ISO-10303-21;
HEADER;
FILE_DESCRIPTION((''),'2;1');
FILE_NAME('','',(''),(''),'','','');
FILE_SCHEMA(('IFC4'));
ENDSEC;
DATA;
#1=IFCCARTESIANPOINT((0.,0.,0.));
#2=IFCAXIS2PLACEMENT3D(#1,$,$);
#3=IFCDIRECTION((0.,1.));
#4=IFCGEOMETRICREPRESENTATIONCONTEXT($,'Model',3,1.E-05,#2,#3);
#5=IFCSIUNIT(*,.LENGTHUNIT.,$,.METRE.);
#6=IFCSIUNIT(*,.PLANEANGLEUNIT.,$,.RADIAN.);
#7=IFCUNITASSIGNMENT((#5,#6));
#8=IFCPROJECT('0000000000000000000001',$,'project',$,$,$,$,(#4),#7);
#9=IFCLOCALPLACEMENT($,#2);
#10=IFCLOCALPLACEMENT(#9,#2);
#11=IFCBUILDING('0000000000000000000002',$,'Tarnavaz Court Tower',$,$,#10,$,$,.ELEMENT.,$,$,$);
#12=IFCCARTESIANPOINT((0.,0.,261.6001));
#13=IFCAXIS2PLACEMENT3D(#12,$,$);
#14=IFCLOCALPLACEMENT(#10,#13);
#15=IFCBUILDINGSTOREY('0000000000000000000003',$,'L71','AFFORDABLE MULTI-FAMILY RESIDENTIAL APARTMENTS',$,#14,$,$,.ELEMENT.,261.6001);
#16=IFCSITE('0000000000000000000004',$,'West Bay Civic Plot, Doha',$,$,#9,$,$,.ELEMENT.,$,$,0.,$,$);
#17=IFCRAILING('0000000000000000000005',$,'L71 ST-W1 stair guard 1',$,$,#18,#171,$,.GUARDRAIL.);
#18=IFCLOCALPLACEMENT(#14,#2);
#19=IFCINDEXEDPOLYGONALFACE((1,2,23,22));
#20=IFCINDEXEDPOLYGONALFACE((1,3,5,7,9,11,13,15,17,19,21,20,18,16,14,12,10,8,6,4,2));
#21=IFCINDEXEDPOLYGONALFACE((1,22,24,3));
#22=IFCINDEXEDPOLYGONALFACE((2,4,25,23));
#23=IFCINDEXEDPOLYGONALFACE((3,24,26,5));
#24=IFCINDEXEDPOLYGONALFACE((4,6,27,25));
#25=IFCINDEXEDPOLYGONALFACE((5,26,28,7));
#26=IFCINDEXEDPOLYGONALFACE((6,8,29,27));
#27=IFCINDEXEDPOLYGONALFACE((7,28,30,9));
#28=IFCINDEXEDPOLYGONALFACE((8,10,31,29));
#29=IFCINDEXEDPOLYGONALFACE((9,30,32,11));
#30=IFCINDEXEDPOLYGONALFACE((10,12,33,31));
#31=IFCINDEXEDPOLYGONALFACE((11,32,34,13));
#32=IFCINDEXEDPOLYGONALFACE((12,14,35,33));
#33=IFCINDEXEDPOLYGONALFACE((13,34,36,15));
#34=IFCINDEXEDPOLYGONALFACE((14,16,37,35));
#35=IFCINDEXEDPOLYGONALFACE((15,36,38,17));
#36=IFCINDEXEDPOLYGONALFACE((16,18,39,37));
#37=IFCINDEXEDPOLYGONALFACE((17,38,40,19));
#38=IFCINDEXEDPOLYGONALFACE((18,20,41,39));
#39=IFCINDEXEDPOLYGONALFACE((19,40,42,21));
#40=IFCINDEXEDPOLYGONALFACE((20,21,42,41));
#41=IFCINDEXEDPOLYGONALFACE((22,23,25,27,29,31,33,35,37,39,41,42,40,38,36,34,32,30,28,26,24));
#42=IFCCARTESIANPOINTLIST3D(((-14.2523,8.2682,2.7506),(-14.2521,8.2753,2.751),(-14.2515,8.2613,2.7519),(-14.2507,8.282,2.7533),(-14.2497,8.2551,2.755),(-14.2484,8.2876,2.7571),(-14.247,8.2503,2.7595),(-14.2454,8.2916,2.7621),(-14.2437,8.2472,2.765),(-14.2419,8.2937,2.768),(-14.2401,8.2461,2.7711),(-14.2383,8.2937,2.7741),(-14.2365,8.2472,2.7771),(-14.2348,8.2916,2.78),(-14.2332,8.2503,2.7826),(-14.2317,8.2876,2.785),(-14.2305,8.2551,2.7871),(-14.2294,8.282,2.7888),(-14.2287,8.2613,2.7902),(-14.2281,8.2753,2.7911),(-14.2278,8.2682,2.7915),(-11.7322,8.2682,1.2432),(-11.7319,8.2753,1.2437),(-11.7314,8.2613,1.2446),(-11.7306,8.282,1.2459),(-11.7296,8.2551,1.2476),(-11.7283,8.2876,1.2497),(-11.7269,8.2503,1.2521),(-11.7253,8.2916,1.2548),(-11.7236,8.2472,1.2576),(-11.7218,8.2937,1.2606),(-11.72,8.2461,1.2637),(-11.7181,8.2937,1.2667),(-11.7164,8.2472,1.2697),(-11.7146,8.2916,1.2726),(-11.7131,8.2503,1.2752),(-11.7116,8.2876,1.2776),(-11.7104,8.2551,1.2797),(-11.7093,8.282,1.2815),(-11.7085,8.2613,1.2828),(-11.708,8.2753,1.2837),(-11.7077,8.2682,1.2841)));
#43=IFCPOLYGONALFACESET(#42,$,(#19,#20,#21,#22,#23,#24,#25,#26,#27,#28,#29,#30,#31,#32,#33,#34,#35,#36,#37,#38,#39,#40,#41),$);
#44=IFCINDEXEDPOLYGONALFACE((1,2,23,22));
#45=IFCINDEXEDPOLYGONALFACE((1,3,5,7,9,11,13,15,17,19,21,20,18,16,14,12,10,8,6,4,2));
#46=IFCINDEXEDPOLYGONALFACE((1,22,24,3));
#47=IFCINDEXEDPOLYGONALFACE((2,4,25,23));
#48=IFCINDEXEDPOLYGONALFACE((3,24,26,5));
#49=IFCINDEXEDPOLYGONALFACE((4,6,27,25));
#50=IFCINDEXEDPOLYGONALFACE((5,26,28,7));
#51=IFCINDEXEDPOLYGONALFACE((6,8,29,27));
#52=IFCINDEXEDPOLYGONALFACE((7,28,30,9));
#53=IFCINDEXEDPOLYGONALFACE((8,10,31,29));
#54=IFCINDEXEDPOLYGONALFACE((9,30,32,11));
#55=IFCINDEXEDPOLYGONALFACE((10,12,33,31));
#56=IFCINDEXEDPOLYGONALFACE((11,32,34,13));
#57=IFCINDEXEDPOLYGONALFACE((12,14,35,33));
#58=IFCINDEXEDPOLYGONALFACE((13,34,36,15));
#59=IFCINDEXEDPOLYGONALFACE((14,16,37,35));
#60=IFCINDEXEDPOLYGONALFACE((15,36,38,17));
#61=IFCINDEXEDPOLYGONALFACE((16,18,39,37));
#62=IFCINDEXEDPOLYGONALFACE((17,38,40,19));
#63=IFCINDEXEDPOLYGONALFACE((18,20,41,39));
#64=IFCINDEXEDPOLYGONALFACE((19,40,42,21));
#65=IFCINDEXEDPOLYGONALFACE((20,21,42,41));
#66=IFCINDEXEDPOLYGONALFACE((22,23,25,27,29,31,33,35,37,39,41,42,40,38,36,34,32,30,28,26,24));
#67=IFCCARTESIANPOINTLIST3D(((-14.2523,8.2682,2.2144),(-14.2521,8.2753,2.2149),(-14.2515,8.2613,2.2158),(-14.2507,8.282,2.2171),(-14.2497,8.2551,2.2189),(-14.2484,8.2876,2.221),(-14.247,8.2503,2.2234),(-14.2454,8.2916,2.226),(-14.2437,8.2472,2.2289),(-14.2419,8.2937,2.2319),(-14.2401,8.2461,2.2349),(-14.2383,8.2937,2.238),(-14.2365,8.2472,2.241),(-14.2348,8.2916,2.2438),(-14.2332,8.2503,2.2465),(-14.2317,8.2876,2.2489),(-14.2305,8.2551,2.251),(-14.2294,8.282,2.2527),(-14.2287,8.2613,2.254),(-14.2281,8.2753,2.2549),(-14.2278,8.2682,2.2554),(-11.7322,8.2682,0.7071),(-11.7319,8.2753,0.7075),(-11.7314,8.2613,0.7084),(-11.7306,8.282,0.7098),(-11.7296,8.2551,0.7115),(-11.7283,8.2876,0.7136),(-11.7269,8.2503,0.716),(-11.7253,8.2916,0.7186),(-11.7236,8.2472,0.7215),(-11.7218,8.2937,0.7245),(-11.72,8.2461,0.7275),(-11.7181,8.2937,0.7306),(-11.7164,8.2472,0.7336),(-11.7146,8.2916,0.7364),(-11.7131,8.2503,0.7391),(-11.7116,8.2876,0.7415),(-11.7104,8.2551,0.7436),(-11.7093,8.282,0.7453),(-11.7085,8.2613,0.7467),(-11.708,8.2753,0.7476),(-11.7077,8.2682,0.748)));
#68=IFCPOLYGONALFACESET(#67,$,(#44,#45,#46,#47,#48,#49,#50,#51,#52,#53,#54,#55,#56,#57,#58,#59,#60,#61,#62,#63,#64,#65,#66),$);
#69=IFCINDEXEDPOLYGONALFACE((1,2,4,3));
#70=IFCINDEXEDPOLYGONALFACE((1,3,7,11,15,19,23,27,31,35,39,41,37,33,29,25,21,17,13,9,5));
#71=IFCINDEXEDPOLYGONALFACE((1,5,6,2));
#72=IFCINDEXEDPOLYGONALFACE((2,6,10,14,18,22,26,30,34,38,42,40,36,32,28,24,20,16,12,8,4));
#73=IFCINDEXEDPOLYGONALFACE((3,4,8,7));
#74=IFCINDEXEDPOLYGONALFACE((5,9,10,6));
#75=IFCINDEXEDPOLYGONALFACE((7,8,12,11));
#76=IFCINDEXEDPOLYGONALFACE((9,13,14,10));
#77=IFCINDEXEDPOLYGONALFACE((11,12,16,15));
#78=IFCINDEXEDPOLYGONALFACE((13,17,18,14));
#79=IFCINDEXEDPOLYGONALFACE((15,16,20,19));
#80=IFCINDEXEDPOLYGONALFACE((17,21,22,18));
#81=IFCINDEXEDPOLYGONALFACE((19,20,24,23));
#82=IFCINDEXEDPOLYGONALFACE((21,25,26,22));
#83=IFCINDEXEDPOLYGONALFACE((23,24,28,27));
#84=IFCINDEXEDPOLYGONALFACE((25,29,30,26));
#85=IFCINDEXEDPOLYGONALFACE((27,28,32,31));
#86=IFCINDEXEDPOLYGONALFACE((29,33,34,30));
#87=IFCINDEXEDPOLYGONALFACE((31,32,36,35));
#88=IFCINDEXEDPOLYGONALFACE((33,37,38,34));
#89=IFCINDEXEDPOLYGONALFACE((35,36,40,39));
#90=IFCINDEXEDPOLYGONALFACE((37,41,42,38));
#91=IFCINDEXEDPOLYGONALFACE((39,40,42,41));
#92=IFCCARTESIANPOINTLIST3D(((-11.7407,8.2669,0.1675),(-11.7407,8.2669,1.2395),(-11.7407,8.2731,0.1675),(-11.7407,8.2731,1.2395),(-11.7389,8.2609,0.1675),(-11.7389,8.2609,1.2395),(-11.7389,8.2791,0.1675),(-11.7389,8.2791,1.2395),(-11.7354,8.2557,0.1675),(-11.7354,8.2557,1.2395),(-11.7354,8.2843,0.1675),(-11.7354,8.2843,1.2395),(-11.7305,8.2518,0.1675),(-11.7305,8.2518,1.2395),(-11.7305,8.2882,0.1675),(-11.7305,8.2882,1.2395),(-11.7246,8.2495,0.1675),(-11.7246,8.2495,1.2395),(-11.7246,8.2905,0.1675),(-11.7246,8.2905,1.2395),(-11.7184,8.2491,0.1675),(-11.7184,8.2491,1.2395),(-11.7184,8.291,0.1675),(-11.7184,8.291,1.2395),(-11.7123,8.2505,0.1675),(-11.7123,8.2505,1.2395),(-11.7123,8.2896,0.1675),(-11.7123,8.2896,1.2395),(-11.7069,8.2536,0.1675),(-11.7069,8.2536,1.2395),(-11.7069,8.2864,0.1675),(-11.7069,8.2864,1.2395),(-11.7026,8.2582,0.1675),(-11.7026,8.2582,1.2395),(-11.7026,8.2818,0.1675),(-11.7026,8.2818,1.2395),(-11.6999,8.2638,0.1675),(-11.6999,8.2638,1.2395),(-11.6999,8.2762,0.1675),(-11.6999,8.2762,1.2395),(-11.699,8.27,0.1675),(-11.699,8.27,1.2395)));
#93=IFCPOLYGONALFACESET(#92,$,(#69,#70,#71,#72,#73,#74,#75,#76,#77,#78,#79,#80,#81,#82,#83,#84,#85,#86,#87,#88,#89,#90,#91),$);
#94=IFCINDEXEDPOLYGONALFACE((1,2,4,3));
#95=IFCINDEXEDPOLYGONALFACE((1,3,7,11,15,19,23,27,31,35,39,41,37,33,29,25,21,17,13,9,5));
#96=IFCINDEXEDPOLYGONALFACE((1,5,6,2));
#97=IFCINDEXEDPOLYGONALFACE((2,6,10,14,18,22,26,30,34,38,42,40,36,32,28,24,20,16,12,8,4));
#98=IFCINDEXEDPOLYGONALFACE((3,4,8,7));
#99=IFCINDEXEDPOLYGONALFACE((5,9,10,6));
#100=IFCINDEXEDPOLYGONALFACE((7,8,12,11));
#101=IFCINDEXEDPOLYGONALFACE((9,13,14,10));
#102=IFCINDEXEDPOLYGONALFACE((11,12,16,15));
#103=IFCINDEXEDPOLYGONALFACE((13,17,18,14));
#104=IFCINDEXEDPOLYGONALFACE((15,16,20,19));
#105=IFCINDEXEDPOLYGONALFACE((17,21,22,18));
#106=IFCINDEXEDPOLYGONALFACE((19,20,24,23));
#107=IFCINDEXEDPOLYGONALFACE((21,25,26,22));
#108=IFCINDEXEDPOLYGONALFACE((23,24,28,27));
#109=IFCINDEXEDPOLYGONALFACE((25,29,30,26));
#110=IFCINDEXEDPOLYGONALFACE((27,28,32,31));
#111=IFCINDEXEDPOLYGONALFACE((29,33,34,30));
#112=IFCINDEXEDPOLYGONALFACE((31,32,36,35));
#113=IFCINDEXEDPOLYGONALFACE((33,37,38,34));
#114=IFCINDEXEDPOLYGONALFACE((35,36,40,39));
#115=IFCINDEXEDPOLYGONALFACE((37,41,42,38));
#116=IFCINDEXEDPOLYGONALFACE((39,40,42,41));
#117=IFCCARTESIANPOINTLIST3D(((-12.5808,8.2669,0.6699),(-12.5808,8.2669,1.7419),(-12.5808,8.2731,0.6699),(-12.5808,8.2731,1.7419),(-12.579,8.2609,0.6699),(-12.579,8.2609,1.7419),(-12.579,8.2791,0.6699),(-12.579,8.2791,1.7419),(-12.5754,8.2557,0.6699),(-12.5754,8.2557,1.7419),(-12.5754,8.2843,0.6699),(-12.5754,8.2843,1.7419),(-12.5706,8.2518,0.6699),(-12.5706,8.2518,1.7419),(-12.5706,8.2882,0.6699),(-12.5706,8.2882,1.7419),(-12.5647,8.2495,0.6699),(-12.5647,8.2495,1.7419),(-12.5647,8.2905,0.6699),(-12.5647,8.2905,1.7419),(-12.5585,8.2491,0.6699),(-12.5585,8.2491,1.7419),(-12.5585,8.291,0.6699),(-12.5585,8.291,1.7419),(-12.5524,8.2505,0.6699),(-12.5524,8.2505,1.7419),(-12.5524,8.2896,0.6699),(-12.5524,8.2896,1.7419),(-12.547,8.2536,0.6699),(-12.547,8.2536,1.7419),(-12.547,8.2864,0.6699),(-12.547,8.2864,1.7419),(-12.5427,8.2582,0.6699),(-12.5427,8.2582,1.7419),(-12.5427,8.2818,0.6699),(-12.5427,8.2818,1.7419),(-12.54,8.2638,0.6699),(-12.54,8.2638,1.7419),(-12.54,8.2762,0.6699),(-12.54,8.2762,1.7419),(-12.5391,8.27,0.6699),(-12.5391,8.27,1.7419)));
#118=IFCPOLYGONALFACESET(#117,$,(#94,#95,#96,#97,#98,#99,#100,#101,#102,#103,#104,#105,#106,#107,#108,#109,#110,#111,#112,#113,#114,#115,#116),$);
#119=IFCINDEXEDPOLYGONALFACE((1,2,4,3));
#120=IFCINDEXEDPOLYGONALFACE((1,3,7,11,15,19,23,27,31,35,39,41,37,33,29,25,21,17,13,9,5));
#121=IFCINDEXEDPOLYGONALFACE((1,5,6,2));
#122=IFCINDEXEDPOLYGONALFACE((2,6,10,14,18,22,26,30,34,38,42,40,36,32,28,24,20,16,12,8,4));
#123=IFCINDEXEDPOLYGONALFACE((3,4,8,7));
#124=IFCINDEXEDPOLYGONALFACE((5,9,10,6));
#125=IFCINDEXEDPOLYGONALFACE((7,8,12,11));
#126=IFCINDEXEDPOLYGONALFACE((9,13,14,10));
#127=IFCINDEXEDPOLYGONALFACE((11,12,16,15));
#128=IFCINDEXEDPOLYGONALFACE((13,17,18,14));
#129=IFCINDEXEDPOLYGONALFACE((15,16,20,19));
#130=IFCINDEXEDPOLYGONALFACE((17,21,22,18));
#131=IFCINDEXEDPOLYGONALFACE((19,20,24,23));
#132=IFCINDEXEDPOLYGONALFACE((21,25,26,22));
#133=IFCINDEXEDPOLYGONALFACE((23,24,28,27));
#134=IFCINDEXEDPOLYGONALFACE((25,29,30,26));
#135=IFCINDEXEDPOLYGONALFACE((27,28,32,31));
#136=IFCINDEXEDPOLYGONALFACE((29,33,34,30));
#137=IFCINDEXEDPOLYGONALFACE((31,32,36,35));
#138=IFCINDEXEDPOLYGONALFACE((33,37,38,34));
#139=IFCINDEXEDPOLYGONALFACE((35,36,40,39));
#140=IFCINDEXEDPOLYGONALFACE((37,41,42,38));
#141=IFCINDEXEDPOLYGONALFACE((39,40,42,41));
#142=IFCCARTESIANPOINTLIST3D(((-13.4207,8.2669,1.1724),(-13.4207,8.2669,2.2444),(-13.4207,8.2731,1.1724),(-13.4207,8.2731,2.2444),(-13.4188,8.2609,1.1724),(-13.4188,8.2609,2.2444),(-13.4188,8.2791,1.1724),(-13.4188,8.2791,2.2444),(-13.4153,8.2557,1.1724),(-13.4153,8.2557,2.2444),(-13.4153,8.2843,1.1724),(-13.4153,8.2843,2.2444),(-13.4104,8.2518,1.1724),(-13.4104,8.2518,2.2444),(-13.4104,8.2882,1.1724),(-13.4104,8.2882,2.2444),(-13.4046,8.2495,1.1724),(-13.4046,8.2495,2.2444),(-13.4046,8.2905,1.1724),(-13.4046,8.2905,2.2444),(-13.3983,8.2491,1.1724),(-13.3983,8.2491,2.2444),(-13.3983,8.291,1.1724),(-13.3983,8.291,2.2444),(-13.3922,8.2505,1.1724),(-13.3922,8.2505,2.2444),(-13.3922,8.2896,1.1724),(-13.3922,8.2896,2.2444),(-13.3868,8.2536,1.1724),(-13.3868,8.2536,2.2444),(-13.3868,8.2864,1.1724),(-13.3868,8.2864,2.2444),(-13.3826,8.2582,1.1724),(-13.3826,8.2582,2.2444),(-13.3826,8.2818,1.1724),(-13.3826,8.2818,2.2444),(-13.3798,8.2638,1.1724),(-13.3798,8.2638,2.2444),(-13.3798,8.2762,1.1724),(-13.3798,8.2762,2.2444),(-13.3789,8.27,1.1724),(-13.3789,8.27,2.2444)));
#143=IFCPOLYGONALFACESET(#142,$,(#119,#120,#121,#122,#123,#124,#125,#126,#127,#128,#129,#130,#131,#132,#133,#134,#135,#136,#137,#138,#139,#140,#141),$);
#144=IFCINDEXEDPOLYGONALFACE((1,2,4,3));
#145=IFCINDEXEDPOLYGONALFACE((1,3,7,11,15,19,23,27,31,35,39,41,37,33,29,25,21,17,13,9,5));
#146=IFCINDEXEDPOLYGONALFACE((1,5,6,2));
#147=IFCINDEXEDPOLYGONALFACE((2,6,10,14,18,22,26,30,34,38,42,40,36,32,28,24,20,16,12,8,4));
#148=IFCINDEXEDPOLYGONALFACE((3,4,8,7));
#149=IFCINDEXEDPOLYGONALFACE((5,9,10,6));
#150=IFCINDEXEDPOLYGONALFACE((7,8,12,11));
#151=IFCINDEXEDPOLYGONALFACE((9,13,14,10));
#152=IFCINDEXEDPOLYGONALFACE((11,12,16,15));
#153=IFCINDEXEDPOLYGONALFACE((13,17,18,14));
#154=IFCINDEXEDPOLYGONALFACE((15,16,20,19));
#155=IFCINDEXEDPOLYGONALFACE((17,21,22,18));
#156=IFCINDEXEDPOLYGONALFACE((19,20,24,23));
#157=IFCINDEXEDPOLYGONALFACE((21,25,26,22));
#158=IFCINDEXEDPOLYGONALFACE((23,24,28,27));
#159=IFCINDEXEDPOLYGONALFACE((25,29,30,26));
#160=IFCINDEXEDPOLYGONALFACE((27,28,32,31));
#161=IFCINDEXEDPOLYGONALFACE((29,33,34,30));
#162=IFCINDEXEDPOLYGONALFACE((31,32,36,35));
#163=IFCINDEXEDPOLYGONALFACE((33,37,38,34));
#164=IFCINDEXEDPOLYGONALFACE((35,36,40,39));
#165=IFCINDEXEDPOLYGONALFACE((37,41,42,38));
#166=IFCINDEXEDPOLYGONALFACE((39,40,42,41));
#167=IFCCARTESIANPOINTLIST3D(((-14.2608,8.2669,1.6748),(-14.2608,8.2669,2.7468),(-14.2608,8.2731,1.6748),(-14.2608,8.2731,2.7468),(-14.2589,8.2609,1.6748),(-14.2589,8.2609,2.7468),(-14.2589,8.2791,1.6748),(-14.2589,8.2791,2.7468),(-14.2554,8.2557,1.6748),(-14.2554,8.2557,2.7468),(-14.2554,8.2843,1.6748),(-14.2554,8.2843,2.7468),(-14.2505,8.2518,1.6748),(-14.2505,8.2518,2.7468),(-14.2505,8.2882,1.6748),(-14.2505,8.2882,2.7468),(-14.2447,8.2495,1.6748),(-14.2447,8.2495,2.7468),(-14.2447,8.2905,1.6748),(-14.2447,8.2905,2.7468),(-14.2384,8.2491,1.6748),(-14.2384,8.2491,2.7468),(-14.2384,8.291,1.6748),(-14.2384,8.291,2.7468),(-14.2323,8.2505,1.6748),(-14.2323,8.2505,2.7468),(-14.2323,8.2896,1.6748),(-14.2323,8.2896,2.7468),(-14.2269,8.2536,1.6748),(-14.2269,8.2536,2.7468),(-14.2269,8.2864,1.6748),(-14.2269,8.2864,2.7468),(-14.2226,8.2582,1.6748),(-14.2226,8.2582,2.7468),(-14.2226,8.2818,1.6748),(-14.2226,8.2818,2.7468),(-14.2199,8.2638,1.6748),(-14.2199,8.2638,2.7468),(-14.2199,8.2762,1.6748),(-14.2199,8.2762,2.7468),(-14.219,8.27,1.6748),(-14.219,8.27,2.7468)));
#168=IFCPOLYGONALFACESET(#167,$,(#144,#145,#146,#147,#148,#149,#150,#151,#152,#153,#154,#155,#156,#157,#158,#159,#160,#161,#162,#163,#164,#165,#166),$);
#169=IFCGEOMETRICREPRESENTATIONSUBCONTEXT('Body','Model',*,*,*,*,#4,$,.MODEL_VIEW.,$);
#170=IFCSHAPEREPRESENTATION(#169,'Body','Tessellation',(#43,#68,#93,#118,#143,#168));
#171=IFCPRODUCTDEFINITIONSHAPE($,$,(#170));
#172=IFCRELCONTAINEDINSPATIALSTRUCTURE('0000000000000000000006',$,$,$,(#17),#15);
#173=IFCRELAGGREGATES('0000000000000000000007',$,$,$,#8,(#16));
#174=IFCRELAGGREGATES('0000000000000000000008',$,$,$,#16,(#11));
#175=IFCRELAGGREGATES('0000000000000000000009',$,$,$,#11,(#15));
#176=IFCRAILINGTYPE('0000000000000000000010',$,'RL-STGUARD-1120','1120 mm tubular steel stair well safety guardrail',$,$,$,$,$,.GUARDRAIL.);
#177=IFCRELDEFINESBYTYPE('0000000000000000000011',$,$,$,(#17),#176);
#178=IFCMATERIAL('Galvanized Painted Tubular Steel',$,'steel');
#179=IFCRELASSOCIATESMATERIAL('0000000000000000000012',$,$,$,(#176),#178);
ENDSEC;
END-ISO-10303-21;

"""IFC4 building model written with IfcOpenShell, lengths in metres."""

from ifc_helpers import new_model, si_unit, direction, frame, origin, origin_2d, place, context, subcontext, project, spatial, circle, extrude, material, type_object, element, save


model = new_model("IFC4")

# Units and contexts
model_context = context("Model", 3, precision=1e-05, world=origin(), true_north=direction((0.0, 1.0)))
body_context = subcontext(model_context, "Body", "Model", "MODEL_VIEW")
ifc_project = project(units=[si_unit("LENGTHUNIT", "METRE"), si_unit("PLANEANGLEUNIT", "RADIAN")], contexts=[model_context])

# Site, building, storey
site_placement = place(None, origin())
site = spatial("IfcSite", under=ifc_project, at=site_placement, Name="West Bay Civic Plot, Doha", CompositionType="ELEMENT", RefElevation=0.0)
building_placement = place(site_placement, origin())
building = spatial("IfcBuilding", under=site, at=building_placement, Name="Tarnavaz Court Tower", CompositionType="ELEMENT")
storey_placement = place(building_placement, frame((0.0, 0.0, 261.6001)))
storey = spatial("IfcBuildingStorey", under=building, at=storey_placement, Name="L71", Description="AFFORDABLE MULTI-FAMILY RESIDENTIAL APARTMENTS", CompositionType="ELEMENT", Elevation=261.6001)

# Railing
ifc_material_1 = material(Name="Galvanized Painted Tubular Steel", Category="steel")
railing_type_1 = type_object("IfcRailingType", Name="RL-STGUARD-1120", Description="1120 mm tubular steel stair well safety guardrail", PredefinedType="GUARDRAIL", material=ifc_material_1)
railing_1_placement = place(storey_placement, frame((-11.72, 8.27, 0.1675)))
element("IfcRailing", 1, at=railing_1_placement, inside=storey, type_object=railing_type_1, Name="L71 ST-W1 stair guard 1", PredefinedType="GUARDRAIL", context=body_context, shape_type="SweptSolid", body=[
    extrude(circle(Radius=0.0239, at=origin_2d()), frame((0.0, 0.0, 1.0962), z_axis=(-0.858196, 0.0, 0.513321), x_axis=(0.0, -1.0, 0.0)), (0.0, 0.0, 1.0), 2.9365),
    extrude(circle(Radius=0.0239, at=origin_2d()), frame((0.0, 0.0, 0.5601), z_axis=(-0.858196, 0.0, 0.513321), x_axis=(0.0, -1.0, 0.0)), (0.0, 0.0, 1.0), 2.9365),
    extrude(circle(Radius=0.021, at=origin_2d()), origin(), (0.0, 0.0, 1.0), 1.072),
    extrude(circle(Radius=0.021, at=origin_2d()), frame((-0.8401, 0.0, 0.5024)), (0.0, 0.0, 1.0), 1.072),
    extrude(circle(Radius=0.021, at=origin_2d()), frame((-1.6799, 0.0, 1.0049)), (0.0, 0.0, 1.0), 1.072),
    extrude(circle(Radius=0.021, at=origin_2d()), frame((-2.52, 0.0, 1.5073)), (0.0, 0.0, 1.0), 1.072),
])

save(model, "model.ifc")
